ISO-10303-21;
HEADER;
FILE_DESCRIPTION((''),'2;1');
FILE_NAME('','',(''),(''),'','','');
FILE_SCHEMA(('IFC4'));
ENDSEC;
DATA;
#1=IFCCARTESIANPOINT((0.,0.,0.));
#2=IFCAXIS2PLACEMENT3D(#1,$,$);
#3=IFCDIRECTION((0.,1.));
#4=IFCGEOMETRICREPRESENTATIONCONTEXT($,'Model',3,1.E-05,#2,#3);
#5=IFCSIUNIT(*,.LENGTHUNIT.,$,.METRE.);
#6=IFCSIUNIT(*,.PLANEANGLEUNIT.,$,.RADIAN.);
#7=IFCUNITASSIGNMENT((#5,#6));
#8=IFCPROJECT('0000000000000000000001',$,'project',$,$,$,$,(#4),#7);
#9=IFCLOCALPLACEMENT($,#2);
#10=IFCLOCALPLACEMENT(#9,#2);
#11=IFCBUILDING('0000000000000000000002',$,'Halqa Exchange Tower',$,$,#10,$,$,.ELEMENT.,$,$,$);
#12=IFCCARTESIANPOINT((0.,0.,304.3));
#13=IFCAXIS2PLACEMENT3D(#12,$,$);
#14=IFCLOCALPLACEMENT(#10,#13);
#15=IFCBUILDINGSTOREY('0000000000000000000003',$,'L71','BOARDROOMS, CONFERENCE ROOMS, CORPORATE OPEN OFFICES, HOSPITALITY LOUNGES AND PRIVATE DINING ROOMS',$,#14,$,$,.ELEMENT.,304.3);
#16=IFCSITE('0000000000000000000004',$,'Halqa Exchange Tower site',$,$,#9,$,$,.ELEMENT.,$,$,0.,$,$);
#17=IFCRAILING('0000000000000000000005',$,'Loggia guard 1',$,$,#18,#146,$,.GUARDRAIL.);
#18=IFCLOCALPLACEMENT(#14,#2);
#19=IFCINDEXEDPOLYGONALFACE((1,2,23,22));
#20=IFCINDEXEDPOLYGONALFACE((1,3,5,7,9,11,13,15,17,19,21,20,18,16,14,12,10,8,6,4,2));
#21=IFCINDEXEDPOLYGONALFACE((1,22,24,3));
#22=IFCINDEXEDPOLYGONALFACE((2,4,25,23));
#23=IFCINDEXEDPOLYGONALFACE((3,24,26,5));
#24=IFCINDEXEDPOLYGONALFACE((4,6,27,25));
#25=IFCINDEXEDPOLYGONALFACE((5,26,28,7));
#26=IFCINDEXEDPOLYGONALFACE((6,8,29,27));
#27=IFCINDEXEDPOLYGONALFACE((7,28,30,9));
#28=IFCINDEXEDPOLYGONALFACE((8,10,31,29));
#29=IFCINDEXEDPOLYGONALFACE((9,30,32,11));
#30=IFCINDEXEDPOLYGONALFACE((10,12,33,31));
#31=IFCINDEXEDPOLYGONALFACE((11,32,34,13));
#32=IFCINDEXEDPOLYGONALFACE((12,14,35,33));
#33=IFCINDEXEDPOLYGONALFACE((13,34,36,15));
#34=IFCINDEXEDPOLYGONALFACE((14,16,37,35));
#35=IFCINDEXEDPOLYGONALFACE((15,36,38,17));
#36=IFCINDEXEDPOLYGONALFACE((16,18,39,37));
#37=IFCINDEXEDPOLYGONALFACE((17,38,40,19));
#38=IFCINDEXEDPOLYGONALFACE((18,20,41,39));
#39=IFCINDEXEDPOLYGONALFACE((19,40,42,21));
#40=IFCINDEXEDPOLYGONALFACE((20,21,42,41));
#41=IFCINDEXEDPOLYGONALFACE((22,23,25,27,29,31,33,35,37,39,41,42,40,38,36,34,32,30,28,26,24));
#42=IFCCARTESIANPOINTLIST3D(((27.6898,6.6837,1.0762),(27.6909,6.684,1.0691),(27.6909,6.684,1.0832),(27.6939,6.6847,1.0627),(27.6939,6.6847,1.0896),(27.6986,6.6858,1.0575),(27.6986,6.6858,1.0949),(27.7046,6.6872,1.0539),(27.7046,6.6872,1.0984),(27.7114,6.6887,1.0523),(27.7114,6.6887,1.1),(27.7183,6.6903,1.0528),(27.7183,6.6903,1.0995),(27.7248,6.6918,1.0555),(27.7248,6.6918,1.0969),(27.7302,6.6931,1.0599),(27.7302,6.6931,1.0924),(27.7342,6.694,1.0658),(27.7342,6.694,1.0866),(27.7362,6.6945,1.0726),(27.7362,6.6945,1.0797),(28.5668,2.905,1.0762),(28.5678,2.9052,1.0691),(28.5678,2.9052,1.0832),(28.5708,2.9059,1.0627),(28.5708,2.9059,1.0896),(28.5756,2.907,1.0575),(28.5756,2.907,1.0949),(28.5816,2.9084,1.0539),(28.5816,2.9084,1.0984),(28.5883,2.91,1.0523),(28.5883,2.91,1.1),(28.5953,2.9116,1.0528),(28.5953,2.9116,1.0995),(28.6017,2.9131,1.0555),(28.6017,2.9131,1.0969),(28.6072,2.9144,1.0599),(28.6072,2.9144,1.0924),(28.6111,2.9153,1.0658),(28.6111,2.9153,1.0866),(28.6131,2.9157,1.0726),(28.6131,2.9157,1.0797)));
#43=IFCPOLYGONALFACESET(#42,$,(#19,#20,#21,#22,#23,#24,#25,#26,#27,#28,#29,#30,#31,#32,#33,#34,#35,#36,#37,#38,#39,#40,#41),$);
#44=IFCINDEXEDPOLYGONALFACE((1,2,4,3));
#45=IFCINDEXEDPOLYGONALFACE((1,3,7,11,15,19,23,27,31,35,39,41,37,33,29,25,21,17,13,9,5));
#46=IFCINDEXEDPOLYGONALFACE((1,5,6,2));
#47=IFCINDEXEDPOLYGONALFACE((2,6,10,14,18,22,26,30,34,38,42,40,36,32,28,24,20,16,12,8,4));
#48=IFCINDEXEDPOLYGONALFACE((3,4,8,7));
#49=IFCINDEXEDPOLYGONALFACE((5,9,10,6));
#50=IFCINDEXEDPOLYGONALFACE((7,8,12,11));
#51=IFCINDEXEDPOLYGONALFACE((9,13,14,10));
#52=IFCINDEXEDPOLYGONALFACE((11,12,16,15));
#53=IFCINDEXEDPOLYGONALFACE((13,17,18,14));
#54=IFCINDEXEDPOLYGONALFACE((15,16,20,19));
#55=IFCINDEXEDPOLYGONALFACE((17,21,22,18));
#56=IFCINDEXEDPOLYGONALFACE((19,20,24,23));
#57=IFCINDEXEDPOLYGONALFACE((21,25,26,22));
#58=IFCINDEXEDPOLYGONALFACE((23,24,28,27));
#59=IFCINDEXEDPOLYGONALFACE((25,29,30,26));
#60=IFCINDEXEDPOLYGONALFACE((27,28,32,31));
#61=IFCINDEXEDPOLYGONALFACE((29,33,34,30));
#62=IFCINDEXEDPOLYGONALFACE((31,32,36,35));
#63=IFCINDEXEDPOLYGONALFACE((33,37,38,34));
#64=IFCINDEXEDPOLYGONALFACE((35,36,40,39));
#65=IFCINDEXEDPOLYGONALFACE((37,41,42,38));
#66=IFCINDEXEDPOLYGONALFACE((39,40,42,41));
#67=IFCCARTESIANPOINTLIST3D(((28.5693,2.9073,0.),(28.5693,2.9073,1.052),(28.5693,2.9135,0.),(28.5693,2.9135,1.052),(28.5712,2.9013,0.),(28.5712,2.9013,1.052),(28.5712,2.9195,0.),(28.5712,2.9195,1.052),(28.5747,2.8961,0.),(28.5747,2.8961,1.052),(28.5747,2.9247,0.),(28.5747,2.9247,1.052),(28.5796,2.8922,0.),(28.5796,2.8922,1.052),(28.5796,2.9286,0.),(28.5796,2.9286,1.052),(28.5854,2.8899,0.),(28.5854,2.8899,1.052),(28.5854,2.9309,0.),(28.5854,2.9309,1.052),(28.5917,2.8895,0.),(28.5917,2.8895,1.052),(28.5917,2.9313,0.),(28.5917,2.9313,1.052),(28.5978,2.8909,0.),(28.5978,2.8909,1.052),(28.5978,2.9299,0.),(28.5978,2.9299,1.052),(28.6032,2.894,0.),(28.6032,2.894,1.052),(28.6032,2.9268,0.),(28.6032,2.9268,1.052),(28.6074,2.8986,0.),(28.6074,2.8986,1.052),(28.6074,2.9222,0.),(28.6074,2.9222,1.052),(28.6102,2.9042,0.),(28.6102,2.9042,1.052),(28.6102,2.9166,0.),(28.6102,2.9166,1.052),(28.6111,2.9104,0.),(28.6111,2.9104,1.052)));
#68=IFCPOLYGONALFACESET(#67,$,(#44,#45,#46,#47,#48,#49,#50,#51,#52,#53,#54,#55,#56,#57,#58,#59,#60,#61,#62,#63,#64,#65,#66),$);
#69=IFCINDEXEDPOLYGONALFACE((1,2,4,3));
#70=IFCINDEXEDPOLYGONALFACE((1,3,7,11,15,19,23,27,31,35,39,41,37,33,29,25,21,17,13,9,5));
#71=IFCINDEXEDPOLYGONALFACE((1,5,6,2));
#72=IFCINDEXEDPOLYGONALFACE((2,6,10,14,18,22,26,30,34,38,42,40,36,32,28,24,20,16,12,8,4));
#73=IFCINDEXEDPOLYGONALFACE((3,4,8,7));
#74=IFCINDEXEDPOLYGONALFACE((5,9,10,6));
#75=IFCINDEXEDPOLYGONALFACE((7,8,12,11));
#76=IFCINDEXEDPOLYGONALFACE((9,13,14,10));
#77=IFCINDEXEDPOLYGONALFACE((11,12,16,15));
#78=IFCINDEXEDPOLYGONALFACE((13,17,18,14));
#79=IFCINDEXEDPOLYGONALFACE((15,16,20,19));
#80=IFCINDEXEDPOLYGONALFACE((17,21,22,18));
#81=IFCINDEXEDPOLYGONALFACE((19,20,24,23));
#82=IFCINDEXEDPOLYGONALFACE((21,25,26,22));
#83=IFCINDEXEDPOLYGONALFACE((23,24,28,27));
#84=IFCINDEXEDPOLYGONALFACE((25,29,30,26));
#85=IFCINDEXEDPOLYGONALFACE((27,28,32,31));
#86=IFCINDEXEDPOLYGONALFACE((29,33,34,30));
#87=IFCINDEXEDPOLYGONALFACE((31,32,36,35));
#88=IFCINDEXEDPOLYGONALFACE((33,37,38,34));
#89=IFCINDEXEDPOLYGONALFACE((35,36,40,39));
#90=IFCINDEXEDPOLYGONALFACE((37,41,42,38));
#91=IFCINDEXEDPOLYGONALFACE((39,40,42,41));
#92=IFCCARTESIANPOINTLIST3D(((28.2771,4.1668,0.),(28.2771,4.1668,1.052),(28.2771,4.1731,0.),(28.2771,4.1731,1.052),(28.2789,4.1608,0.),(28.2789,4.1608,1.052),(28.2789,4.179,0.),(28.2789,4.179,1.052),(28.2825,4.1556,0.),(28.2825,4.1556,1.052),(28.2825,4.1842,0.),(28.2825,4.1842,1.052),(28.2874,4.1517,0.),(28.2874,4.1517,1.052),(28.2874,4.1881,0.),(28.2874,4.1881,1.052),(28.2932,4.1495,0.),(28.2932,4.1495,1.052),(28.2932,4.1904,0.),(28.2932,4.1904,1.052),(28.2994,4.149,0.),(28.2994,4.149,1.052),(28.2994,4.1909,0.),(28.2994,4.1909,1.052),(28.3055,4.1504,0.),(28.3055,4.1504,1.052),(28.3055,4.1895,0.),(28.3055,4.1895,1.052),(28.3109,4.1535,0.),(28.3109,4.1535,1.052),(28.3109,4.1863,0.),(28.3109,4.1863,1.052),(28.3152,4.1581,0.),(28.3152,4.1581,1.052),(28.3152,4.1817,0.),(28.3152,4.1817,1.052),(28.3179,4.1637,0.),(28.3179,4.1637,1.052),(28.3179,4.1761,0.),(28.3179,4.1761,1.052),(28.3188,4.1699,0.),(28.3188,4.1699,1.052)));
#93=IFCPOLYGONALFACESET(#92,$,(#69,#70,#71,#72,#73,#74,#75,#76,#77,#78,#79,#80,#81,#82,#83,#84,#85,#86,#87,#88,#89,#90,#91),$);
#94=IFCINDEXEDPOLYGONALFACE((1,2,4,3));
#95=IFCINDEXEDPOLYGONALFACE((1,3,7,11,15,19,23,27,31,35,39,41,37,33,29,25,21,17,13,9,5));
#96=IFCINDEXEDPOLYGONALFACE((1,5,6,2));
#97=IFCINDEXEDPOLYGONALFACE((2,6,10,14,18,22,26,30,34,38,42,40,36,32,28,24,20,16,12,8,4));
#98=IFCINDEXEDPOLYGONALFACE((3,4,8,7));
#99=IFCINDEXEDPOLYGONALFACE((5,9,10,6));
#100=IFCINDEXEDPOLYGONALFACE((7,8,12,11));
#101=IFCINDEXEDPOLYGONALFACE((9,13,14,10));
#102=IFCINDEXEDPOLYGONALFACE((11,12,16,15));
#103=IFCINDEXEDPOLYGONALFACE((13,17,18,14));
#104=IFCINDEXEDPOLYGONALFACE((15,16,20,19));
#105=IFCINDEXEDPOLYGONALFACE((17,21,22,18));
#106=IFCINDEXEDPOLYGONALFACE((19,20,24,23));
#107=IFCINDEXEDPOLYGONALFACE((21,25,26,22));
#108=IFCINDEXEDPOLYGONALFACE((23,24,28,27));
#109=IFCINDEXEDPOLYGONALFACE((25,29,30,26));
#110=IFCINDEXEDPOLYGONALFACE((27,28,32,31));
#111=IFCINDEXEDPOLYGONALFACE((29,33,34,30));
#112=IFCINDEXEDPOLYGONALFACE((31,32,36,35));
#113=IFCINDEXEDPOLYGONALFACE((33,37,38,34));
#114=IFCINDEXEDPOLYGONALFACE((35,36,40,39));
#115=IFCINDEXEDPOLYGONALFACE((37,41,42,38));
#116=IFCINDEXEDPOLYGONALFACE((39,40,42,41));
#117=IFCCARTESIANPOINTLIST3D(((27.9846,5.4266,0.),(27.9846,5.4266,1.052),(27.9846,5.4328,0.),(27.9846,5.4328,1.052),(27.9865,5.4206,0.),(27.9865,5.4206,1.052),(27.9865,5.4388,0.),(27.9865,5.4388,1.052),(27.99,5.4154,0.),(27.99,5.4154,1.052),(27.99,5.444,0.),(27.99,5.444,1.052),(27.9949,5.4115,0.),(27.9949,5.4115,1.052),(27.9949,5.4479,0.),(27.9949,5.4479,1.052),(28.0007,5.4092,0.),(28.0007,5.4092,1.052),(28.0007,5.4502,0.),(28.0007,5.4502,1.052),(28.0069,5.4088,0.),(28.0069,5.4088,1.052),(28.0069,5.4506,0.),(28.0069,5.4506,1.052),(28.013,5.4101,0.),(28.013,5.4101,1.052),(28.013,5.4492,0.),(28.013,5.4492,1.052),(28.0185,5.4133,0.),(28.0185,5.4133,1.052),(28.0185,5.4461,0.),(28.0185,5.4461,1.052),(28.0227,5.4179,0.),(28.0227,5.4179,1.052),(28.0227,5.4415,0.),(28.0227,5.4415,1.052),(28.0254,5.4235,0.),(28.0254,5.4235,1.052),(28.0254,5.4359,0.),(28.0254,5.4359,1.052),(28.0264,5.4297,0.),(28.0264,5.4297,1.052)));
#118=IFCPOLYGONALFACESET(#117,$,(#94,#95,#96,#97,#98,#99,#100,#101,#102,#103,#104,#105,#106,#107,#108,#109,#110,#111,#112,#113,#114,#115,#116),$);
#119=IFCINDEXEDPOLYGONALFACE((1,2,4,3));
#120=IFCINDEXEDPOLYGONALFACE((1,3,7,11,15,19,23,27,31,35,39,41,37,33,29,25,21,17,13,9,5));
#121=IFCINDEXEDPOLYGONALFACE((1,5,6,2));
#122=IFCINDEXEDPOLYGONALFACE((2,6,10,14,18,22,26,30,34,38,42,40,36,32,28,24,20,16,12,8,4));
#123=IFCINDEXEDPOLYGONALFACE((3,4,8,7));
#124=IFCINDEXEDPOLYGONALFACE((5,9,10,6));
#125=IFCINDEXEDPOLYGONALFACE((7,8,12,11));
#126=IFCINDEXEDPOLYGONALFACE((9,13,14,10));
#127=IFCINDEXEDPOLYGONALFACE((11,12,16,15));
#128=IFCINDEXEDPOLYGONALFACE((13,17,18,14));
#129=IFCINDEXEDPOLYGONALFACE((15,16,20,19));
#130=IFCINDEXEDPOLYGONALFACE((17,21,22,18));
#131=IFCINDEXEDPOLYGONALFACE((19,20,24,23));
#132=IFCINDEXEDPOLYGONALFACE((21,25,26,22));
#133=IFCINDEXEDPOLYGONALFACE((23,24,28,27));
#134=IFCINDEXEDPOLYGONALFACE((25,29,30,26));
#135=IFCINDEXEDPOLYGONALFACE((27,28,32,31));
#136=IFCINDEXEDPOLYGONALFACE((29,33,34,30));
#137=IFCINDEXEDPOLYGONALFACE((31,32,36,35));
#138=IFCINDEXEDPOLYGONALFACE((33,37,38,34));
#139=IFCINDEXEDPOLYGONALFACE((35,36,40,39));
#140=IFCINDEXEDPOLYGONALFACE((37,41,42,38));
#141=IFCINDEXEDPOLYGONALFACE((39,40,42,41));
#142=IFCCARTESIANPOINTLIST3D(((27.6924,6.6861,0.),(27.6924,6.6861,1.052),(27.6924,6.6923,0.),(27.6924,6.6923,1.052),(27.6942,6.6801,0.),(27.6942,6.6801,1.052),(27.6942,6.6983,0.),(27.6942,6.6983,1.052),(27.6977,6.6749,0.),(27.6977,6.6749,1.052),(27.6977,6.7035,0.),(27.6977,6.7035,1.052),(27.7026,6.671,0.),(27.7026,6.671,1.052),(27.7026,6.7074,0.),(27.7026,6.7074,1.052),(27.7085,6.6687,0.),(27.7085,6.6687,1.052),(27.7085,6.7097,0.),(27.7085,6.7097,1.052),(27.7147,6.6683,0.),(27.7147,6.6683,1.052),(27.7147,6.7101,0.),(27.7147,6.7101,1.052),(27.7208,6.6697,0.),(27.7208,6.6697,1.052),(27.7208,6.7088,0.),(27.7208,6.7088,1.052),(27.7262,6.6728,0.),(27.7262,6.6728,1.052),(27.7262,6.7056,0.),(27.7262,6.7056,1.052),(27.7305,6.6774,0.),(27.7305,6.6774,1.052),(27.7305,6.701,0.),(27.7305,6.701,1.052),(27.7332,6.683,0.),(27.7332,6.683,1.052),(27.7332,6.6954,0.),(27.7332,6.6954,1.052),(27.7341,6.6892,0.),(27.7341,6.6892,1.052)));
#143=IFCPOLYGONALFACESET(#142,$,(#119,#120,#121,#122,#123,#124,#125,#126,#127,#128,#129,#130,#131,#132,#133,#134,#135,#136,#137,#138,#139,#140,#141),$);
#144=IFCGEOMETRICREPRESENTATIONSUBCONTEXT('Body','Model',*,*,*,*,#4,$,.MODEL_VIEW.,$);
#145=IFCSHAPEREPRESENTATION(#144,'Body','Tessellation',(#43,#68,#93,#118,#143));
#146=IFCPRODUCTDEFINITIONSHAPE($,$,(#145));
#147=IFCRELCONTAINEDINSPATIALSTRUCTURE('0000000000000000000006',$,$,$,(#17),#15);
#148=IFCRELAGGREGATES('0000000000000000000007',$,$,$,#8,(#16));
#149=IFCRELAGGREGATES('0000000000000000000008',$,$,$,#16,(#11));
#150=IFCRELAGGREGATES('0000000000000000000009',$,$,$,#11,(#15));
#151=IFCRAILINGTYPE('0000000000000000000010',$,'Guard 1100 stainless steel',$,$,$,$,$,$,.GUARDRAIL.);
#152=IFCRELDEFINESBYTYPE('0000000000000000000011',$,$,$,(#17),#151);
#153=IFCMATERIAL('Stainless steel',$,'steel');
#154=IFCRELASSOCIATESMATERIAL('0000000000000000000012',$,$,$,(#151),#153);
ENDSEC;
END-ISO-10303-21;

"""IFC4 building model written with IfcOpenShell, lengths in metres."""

from ifc_helpers import new_model, si_unit, direction, frame, origin, origin_2d, place, context, subcontext, project, spatial, circle, extrude, material, type_object, element, save


model = new_model("IFC4")

# Units and contexts
model_context = context("Model", 3, precision=1e-05, world=origin(), true_north=direction((0.0, 1.0)))
body_context = subcontext(model_context, "Body", "Model", "MODEL_VIEW")
ifc_project = project(units=[si_unit("LENGTHUNIT", "METRE"), si_unit("PLANEANGLEUNIT", "RADIAN")], contexts=[model_context])

# Site, building, storey
site_placement = place(None, origin())
site = spatial("IfcSite", under=ifc_project, at=site_placement, Name="Halqa Exchange Tower site", CompositionType="ELEMENT", RefElevation=0.0)
building_placement = place(site_placement, origin())
building = spatial("IfcBuilding", under=site, at=building_placement, Name="Halqa Exchange Tower", CompositionType="ELEMENT")
storey_placement = place(building_placement, frame((0.0, 0.0, 304.3)))
storey = spatial("IfcBuildingStorey", under=building, at=storey_placement, Name="L71", Description="BOARDROOMS, CONFERENCE ROOMS, CORPORATE OPEN OFFICES, HOSPITALITY LOUNGES AND PRIVATE DINING ROOMS", CompositionType="ELEMENT", Elevation=304.3)

# Railing
ifc_material_1 = material(Name="Stainless steel", Category="steel")
railing_type = type_object("IfcRailingType", Name="Guard 1100 stainless steel", PredefinedType="GUARDRAIL", material=ifc_material_1)
railing_1_placement = place(storey_placement, frame((28.5901, 2.9104, 0.0)))
element("IfcRailing", 1, at=railing_1_placement, inside=storey, type_object=railing_type, Name="Loggia guard 1", PredefinedType="GUARDRAIL", context=body_context, shape_type="SweptSolid", body=[
    extrude(circle(Radius=0.0239, at=origin_2d()), frame((0.0, 0.0, 1.0762), z_axis=(-0.226064, 0.974113, 0.0), x_axis=(-0.974113, -0.226064, 0.0)), (0.0, 0.0, 1.0), 3.8792),
    extrude(circle(Radius=0.021, at=origin_2d()), origin(), (0.0, 0.0, 1.0), 1.052),
    extrude(circle(Radius=0.021, at=origin_2d()), frame((-0.2922, 1.2595, 0.0)), (0.0, 0.0, 1.0), 1.052),
    extrude(circle(Radius=0.021, at=origin_2d()), frame((-0.5847, 2.5193, 0.0)), (0.0, 0.0, 1.0), 1.052),
    extrude(circle(Radius=0.021, at=origin_2d()), frame((-0.877, 3.7788, 0.0)), (0.0, 0.0, 1.0), 1.052),
])

save(model, "model.ifc")
